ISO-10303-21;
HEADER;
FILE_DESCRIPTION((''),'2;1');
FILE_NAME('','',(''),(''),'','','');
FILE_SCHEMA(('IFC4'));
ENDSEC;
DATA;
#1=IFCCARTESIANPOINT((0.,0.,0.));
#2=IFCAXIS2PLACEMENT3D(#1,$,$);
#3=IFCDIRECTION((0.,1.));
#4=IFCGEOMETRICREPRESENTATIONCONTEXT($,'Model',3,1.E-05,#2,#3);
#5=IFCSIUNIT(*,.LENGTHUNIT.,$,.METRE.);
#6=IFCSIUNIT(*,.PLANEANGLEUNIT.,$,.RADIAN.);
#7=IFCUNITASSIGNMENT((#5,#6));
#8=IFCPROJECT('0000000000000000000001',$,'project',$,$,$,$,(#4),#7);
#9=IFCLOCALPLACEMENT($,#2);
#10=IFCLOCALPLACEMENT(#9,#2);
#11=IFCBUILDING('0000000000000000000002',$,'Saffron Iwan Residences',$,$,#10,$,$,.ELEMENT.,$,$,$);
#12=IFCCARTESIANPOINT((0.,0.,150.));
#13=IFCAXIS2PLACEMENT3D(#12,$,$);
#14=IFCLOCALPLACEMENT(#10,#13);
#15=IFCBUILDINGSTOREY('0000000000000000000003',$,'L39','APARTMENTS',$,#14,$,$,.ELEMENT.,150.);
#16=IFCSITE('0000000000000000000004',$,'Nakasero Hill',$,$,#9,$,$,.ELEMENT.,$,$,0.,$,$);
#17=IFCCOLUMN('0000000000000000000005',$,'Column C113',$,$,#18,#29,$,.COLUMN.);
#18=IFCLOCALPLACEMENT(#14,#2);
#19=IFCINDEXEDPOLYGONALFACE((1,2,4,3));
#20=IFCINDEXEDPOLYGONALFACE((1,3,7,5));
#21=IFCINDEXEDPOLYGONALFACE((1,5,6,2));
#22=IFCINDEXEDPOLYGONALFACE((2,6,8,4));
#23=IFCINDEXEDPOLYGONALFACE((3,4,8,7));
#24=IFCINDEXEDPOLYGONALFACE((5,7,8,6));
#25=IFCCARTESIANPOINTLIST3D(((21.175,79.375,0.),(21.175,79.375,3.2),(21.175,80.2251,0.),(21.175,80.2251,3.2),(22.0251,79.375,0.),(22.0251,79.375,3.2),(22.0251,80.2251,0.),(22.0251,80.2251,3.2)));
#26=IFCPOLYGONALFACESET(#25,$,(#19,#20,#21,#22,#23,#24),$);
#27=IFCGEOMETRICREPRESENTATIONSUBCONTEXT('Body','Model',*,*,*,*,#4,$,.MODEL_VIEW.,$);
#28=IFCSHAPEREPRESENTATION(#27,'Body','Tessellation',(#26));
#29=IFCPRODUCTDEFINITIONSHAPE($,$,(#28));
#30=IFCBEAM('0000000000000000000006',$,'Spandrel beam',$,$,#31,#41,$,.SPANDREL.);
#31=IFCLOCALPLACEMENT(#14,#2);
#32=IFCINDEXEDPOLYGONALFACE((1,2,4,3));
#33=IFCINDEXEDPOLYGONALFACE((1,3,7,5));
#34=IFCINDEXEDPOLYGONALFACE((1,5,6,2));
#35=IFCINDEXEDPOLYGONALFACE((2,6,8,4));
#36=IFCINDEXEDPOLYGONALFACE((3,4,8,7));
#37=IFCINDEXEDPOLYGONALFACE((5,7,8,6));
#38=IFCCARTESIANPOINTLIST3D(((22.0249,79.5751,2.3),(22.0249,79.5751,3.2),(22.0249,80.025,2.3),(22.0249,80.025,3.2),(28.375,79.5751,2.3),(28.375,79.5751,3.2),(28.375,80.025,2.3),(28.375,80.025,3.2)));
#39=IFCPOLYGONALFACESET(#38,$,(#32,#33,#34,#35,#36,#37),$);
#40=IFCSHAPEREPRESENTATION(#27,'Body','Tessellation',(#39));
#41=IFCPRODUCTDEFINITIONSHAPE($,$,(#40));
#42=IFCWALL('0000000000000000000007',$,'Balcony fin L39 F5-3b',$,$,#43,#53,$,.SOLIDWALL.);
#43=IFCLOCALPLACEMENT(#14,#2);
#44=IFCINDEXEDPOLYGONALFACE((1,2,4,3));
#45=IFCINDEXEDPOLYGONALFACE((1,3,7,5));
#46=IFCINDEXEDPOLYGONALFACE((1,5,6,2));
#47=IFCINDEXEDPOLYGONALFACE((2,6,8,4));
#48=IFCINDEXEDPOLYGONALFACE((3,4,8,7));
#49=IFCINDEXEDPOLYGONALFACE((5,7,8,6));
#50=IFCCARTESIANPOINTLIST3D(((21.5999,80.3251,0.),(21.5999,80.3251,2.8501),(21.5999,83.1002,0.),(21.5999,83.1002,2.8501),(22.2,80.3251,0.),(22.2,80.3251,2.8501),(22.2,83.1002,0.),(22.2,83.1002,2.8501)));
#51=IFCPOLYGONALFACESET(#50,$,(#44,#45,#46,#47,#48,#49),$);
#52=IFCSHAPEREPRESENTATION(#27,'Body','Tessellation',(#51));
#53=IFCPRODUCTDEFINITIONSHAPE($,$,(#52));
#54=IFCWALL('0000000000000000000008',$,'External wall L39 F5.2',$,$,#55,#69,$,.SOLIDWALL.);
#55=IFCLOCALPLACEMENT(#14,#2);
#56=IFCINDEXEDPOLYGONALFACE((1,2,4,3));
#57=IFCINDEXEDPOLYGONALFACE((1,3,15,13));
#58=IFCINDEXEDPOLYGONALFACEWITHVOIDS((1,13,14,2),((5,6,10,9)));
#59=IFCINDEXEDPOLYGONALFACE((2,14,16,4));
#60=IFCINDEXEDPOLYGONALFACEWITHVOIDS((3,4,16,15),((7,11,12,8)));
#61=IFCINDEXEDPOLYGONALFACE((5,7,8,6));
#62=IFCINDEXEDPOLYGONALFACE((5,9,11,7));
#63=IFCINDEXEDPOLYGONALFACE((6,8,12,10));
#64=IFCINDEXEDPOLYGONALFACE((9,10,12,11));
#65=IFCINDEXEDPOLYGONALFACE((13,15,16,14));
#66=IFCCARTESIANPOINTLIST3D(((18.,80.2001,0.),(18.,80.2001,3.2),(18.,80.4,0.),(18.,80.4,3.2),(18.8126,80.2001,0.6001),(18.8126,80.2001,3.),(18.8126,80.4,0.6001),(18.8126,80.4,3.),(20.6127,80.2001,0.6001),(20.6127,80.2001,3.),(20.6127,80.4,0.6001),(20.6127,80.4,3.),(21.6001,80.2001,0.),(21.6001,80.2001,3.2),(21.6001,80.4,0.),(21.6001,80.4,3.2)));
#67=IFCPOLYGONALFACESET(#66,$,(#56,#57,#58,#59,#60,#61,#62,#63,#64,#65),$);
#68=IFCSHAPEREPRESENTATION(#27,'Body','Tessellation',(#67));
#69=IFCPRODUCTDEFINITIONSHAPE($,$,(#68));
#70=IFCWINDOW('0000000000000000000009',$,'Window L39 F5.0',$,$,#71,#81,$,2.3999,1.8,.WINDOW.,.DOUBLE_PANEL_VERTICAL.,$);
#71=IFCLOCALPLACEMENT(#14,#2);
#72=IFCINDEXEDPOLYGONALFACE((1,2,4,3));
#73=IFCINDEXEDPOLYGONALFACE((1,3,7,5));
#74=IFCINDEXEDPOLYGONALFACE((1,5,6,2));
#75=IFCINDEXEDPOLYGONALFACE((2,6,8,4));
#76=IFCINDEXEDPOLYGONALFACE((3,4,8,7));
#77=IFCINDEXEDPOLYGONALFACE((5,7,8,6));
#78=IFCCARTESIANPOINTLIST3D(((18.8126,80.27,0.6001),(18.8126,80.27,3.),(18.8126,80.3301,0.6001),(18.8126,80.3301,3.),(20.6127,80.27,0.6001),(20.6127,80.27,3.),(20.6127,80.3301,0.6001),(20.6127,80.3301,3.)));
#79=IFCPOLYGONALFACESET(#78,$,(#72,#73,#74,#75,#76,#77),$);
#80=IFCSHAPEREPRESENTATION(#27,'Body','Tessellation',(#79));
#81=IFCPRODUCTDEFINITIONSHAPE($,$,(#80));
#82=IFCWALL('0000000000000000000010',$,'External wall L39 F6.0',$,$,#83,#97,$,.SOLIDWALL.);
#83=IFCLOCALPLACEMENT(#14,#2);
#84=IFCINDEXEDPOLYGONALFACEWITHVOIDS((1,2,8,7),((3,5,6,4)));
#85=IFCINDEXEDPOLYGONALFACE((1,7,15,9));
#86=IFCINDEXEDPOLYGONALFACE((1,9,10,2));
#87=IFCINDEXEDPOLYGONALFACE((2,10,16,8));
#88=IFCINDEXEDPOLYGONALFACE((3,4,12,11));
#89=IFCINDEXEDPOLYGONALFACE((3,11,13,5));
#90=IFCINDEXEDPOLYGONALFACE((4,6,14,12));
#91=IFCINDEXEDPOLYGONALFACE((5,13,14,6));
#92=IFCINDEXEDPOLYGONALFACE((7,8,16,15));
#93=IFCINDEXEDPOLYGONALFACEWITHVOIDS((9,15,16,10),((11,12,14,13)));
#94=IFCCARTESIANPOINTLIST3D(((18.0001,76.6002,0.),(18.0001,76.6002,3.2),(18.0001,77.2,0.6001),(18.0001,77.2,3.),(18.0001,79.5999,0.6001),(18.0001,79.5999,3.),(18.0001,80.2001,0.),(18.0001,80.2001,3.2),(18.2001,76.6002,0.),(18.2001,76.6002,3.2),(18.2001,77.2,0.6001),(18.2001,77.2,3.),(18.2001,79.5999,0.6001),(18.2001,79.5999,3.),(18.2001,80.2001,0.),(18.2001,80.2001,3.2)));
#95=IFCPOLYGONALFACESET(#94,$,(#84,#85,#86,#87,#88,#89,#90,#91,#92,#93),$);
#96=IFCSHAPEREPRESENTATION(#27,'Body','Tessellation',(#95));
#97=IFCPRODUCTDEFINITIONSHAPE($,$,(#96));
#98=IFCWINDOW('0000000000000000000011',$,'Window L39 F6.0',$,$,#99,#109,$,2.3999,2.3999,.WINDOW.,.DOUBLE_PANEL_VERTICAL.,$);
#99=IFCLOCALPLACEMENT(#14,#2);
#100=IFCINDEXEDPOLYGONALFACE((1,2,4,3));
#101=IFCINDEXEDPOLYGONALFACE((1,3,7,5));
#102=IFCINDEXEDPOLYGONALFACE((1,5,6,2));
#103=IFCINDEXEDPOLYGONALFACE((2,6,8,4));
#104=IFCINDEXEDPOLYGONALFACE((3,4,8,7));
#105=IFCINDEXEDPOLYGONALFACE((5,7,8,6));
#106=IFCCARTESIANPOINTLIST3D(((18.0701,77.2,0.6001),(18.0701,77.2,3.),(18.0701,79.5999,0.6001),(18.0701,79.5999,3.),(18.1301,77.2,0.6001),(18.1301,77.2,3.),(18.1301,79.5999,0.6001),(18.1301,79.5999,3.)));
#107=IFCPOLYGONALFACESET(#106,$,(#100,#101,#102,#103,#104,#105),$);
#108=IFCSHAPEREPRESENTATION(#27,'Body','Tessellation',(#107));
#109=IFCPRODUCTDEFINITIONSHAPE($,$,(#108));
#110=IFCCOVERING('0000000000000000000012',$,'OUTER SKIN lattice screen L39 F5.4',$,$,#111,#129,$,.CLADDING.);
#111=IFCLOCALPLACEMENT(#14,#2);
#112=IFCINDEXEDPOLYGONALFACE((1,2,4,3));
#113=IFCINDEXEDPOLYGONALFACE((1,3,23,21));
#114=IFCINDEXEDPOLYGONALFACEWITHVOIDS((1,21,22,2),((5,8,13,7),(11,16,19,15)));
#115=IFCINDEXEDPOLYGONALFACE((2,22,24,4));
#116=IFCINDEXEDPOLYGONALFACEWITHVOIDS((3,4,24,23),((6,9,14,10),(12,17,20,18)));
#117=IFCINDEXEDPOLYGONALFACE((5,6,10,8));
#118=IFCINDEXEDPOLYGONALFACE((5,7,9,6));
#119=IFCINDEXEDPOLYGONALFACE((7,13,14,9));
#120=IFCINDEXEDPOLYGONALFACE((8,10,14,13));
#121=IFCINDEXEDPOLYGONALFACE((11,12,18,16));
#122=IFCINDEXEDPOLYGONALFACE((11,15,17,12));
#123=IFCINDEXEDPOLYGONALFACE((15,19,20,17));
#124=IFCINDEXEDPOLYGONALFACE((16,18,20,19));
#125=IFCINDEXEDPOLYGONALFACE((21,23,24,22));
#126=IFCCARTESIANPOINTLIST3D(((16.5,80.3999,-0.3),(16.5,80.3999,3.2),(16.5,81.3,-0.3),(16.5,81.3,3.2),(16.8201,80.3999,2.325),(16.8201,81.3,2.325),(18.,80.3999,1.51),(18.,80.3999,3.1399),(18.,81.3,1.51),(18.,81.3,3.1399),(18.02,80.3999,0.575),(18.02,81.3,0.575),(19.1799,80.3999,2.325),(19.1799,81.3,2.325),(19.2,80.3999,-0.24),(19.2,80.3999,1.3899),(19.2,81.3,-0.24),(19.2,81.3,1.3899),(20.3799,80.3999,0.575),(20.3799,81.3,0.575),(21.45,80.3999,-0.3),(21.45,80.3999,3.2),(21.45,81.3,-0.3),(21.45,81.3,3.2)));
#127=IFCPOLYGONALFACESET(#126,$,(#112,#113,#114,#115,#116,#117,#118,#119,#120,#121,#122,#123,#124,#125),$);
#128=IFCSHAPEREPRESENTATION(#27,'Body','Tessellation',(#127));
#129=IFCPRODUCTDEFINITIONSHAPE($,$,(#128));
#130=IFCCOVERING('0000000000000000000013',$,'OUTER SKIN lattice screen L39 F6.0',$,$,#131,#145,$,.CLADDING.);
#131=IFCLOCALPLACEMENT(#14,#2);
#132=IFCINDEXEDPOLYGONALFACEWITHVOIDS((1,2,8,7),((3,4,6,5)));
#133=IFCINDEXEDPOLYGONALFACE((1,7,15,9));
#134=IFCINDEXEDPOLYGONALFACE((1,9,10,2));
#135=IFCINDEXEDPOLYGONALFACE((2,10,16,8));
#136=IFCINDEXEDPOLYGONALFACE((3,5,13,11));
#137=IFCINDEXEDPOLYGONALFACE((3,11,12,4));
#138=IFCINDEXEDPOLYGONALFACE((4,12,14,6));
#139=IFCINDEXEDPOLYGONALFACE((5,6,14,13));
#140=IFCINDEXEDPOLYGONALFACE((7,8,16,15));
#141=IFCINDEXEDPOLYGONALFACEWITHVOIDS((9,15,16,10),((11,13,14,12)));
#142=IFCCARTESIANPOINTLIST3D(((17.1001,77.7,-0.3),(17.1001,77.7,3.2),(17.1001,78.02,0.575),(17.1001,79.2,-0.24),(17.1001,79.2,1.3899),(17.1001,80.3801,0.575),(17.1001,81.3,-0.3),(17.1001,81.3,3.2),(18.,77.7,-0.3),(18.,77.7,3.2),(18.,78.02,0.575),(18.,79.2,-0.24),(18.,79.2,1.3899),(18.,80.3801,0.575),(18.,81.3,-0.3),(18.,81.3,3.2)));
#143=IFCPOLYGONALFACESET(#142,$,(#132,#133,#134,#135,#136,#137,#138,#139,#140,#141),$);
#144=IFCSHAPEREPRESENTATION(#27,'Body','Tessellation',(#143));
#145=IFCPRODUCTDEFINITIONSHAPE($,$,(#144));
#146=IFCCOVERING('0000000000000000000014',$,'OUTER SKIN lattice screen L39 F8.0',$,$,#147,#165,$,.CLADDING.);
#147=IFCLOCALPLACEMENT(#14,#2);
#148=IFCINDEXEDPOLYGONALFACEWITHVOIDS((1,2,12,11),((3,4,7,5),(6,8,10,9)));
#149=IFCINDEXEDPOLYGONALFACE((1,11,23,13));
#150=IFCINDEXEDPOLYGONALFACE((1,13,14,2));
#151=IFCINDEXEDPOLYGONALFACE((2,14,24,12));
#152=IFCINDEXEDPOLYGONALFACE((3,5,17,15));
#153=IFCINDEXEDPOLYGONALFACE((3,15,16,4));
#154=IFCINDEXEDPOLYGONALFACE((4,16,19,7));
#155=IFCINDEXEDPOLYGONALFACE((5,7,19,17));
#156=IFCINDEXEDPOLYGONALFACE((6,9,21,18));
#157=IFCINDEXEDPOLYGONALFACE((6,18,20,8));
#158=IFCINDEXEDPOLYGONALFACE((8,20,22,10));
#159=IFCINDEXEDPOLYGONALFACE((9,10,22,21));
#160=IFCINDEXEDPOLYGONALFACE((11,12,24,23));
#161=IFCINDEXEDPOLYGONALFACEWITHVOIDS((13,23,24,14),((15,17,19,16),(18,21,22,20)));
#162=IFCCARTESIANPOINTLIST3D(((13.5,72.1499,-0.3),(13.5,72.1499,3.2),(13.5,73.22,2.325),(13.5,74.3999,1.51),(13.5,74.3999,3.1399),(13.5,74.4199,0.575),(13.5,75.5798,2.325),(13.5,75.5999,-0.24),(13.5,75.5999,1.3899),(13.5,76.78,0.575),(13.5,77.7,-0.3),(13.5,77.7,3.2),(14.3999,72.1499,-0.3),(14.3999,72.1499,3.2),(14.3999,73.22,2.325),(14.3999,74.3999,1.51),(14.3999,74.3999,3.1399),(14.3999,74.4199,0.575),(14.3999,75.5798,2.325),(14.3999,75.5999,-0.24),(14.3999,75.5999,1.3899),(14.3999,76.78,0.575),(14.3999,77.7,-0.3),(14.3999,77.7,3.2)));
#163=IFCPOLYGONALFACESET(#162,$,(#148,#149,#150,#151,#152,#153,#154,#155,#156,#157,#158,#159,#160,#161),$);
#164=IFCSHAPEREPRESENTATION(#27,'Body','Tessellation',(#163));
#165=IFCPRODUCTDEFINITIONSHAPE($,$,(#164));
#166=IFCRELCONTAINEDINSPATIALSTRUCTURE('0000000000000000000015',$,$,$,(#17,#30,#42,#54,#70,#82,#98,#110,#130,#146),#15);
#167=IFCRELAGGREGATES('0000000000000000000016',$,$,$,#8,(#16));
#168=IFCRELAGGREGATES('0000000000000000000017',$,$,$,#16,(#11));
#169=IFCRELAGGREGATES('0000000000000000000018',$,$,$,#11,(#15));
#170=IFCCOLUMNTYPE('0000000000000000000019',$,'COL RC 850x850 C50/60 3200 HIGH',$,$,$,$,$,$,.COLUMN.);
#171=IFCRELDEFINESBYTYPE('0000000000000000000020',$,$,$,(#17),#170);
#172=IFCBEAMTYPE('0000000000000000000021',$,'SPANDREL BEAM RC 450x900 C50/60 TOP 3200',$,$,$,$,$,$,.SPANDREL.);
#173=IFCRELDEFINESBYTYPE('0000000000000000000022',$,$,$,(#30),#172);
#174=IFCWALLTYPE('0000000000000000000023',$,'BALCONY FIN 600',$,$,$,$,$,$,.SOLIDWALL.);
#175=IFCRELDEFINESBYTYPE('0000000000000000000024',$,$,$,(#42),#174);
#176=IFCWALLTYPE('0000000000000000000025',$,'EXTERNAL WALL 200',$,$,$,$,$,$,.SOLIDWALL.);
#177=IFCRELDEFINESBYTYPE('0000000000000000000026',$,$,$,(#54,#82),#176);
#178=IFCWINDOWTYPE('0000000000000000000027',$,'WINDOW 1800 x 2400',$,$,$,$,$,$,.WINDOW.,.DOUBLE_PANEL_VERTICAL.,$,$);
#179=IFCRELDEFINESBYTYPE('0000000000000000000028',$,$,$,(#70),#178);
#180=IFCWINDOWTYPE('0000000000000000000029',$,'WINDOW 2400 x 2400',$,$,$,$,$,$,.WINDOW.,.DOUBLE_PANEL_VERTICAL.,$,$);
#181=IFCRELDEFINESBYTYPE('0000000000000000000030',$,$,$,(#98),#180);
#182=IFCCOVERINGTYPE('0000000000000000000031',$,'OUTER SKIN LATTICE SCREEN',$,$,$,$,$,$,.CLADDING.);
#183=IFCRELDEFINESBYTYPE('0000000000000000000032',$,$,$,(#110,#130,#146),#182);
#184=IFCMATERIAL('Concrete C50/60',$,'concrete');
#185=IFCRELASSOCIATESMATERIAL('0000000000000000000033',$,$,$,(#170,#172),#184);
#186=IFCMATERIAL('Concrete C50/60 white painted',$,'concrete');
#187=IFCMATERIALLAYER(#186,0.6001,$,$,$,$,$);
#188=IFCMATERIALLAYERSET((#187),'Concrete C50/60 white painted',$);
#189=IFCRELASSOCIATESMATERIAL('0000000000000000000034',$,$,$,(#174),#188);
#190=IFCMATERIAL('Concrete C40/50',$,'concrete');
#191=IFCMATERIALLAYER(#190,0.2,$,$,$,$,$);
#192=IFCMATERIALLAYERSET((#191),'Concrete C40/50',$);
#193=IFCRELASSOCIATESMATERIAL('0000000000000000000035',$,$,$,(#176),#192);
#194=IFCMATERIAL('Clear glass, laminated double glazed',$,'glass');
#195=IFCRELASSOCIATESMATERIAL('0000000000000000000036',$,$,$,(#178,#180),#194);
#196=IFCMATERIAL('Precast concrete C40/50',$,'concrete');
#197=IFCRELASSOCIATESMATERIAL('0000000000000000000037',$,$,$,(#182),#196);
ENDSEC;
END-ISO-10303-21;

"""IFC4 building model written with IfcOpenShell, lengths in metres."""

from ifc_helpers import new_model, si_unit, direction, frame, frame_2d, origin, origin_2d, place, context, subcontext, project, spatial, polyline, rectangle, outline, extrude, source, transform, mapped, material, layer, layer_set, material_profile, profile_set, type_object, element, fill, save


model = new_model("IFC4")

# Units and contexts
model_context = context("Model", 3, precision=1e-05, world=origin(), true_north=direction((0.0, 1.0)))
body_context = subcontext(model_context, "Body", "Model", "MODEL_VIEW")
ifc_project = project(units=[si_unit("LENGTHUNIT", "METRE"), si_unit("PLANEANGLEUNIT", "RADIAN")], contexts=[model_context])

# Site, building, storey
site_placement = place(None, origin())
site = spatial("IfcSite", under=ifc_project, at=site_placement, Name="Nakasero Hill", CompositionType="ELEMENT", RefElevation=0.0)
building_placement = place(site_placement, origin())
building = spatial("IfcBuilding", under=site, at=building_placement, Name="Saffron Iwan Residences", CompositionType="ELEMENT")
storey_placement = place(building_placement, frame((0.0, 0.0, 150.0)))
storey = spatial("IfcBuildingStorey", under=building, at=storey_placement, Name="L39", Description="APARTMENTS", CompositionType="ELEMENT", Elevation=150.0)

# Column
ifc_material_1 = material(Name="Concrete C50/60", Category="concrete")
ifc_material_profile_1 = material_profile(ifc_material_1, rectangle(XDim=0.8501, YDim=0.8501, at=origin_2d()), Name="RC 850x850")
ifc_profile_set_1 = profile_set([ifc_material_profile_1], Name="Concrete C50/60")
column_type = type_object("IfcColumnType", Name="COL RC 850x850 C50/60 3200 HIGH", PredefinedType="COLUMN", material=ifc_profile_set_1)
shared_shape_1 = source(origin(), body_context, "Body", "SweptSolid", [
    extrude(rectangle(XDim=0.8501, YDim=0.8501, at=origin_2d()), origin(), (0.0, 0.0, 1.0), 3.2),
])
column_placement = place(storey_placement, frame((21.6001, 79.8, 0.0), z_axis=(0.0, 0.0, 1.0), x_axis=(1.0, 0.0, 0.0)))
element("IfcColumn", 1, at=column_placement, inside=storey, type_object=column_type, Name="Column C113", PredefinedType="COLUMN", context=body_context, shape_type="MappedRepresentation", body=[
    mapped(shared_shape_1, transform((0.0, 0.0, 0.0))),
])

# Beam
ifc_material_profile_2 = material_profile(ifc_material_1, rectangle(XDim=0.45, YDim=0.8999, at=origin_2d()), Name="RC 450x900")
ifc_profile_set_2 = profile_set([ifc_material_profile_2], Name="Concrete C50/60")
beam_type = type_object("IfcBeamType", Name="SPANDREL BEAM RC 450x900 C50/60 TOP 3200", PredefinedType="SPANDREL", material=ifc_profile_set_2)
shared_shape_2 = source(origin(), body_context, "Body", "SweptSolid", [
    extrude(rectangle(XDim=0.45, YDim=0.8999, at=origin_2d()), origin(), (0.0, 0.0, 1.0), 6.3501),
])
beam_placement = place(storey_placement, frame((22.0249, 79.8, 2.75), z_axis=(1.0, 0.0, 0.0), x_axis=(0.0, 1.0, 0.0)))
element("IfcBeam", 2, at=beam_placement, inside=storey, type_object=beam_type, Name="Spandrel beam", PredefinedType="SPANDREL", context=body_context, shape_type="MappedRepresentation", body=[
    mapped(shared_shape_2, transform((0.0, 0.0, 0.0))),
])

# Wall
ifc_material_2 = material(Name="Concrete C50/60 white painted", Category="concrete")
ifc_layer_1 = layer(ifc_material_2, 0.6001)
ifc_layer_set_1 = layer_set([ifc_layer_1], Name="Concrete C50/60 white painted")
wall_type_1 = type_object("IfcWallType", Name="BALCONY FIN 600", PredefinedType="SOLIDWALL", material=ifc_layer_set_1)
wall_1_placement = place(storey_placement, frame((21.8999, 80.325, 0.0), z_axis=(0.0, 0.0, 1.0), x_axis=(0.0, 1.0, 0.0)))
element("IfcWall", 3, at=wall_1_placement, inside=storey, type_object=wall_type_1, Name="Balcony fin L39 F5-3b", PredefinedType="SOLIDWALL", context=body_context, shape_type="SweptSolid", body=[
    extrude(rectangle(XDim=2.7751, YDim=0.6001, at=frame_2d((1.3877, 0.0))), origin(), (0.0, 0.0, 1.0), 2.8501),
])

# Walls, openings, windows
ifc_material_3 = material(Name="Concrete C40/50", Category="concrete")
ifc_layer_2 = layer(ifc_material_3, 0.2)
ifc_layer_set_2 = layer_set([ifc_layer_2], Name="Concrete C40/50")
wall_type_2 = type_object("IfcWallType", Name="EXTERNAL WALL 200", PredefinedType="SOLIDWALL", material=ifc_layer_set_2)
wall_2_placement = place(storey_placement, frame((21.6001, 80.3, 0.0), z_axis=(0.0, 0.0, 1.0), x_axis=(-1.0, 0.0, 0.0)))
wall_2 = element("IfcWall", 4, at=wall_2_placement, inside=storey, type_object=wall_type_2, Name="External wall L39 F5.2", PredefinedType="SOLIDWALL", context=body_context, shape_type="SweptSolid", body=[
    extrude(rectangle(XDim=3.6001, YDim=0.2, at=frame_2d((1.8, 0.0))), origin(), (0.0, 0.0, 1.0), 3.2),
])
opening_1_placement = place(wall_2_placement, frame((0.9875, 0.0, 0.6001)))
opening_1 = element("IfcOpeningElement", 5, at=opening_1_placement, cuts=wall_2, PredefinedType="OPENING", context=body_context, shape_type="SweptSolid", body=[
    extrude(rectangle(XDim=1.8, YDim=2.3999, at=frame_2d((0.8999, 1.2))), frame((0.0, 0.1099, 0.0), z_axis=(0.0, -1.0, 0.0), x_axis=(1.0, 0.0, 0.0)), (0.0, 0.0, 1.0), 0.22),
])
ifc_material_4 = material(Name="Clear glass, laminated double glazed", Category="glass")
window_type_1 = type_object("IfcWindowType", Name="WINDOW 1800 x 2400", PartitioningType="DOUBLE_PANEL_VERTICAL", PredefinedType="WINDOW", material=ifc_material_4)
window_1_placement = place(opening_1_placement, origin())
window_1 = element("IfcWindow", 6, at=window_1_placement, inside=storey, type_object=window_type_1, Name="Window L39 F5.0", OverallHeight=2.3999, OverallWidth=1.8, PartitioningType="DOUBLE_PANEL_VERTICAL", PredefinedType="WINDOW", context=body_context, shape_type="SweptSolid", body=[
    extrude(rectangle(XDim=1.8, YDim=2.3999, at=frame_2d((0.8999, 1.2))), frame((0.0, 0.03, 0.0), z_axis=(0.0, -1.0, 0.0), x_axis=(1.0, 0.0, 0.0)), (0.0, 0.0, 1.0), 0.0601),
])
fill(opening_1, window_1)
wall_3_placement = place(storey_placement, frame((18.1001, 80.2, 0.0), z_axis=(0.0, 0.0, 1.0), x_axis=(0.0, -1.0, 0.0)))
wall_3 = element("IfcWall", 7, at=wall_3_placement, inside=storey, type_object=wall_type_2, Name="External wall L39 F6.0", PredefinedType="SOLIDWALL", context=body_context, shape_type="SweptSolid", body=[
    extrude(rectangle(XDim=3.5999, YDim=0.2, at=frame_2d((1.7998, 0.0))), origin(), (0.0, 0.0, 1.0), 3.2),
])
opening_2_placement = place(wall_3_placement, frame((0.6001, 0.0, 0.6001)))
opening_2 = element("IfcOpeningElement", 8, at=opening_2_placement, cuts=wall_3, PredefinedType="OPENING", context=body_context, shape_type="SweptSolid", body=[
    extrude(rectangle(XDim=2.3999, YDim=2.3999, at=frame_2d((1.2, 1.2))), frame((0.0, 0.1099, 0.0), z_axis=(0.0, -1.0, 0.0), x_axis=(1.0, 0.0, 0.0)), (0.0, 0.0, 1.0), 0.22),
])
window_type_2 = type_object("IfcWindowType", Name="WINDOW 2400 x 2400", PartitioningType="DOUBLE_PANEL_VERTICAL", PredefinedType="WINDOW", material=ifc_material_4)
window_2_placement = place(opening_2_placement, origin())
window_2 = element("IfcWindow", 9, at=window_2_placement, inside=storey, type_object=window_type_2, Name="Window L39 F6.0", OverallHeight=2.3999, OverallWidth=2.3999, PartitioningType="DOUBLE_PANEL_VERTICAL", PredefinedType="WINDOW", context=body_context, shape_type="SweptSolid", body=[
    extrude(rectangle(XDim=2.3999, YDim=2.3999, at=frame_2d((1.2, 1.2))), frame((0.0, 0.03, 0.0), z_axis=(0.0, -1.0, 0.0), x_axis=(1.0, 0.0, 0.0)), (0.0, 0.0, 1.0), 0.0601),
])
fill(opening_2, window_2)

# Coverings
ifc_material_5 = material(Name="Precast concrete C40/50", Category="concrete")
covering_type_1 = type_object("IfcCoveringType", Name="OUTER SKIN LATTICE SCREEN", PredefinedType="CLADDING", material=ifc_material_5)
covering_1_placement = place(storey_placement, frame((21.45, 80.3999, -0.3), z_axis=(0.0, 1.0, 0.0), x_axis=(-1.0, 0.0, 0.0)))
element("IfcCovering", 10, at=covering_1_placement, inside=storey, type_object=covering_type_1, Name="OUTER SKIN lattice screen L39 F5.4", PredefinedType="CLADDING", context=body_context, shape_type="SweptSolid", body=[
    extrude(outline(polyline([(0.0, 0.0), (4.95, 0.0), (4.95, 3.5), (0.0, 3.5), (0.0, 0.0)]), holes=[polyline([(1.0701, 0.875), (2.25, 0.0601), (3.4299, 0.875), (2.25, 1.6899), (1.0701, 0.875)]), polyline([(2.27, 2.625), (3.45, 1.8101), (4.6299, 2.625), (3.45, 3.4399), (2.27, 2.625)])]), origin(), (0.0, 0.0, 1.0), 0.9001),
])
covering_2_placement = place(storey_placement, frame((18.0, 81.3, -0.3), z_axis=(-1.0, 0.0, 0.0), x_axis=(0.0, -1.0, 0.0)))
element("IfcCovering", 11, at=covering_2_placement, inside=storey, type_object=covering_type_1, Name="OUTER SKIN lattice screen L39 F6.0", PredefinedType="CLADDING", context=body_context, shape_type="SweptSolid", body=[
    extrude(outline(polyline([(0.0, 0.0), (3.6001, 0.0), (3.6001, 3.5), (0.0, 3.5), (0.0, 0.0)]), holes=[polyline([(0.9199, 0.875), (2.1001, 0.0601), (3.28, 0.875), (2.1001, 1.6899), (0.9199, 0.875)])]), origin(), (0.0, 0.0, 1.0), 0.8999),
])
covering_3_placement = place(storey_placement, frame((14.3999, 77.7, -0.3), z_axis=(-1.0, 0.0, 0.0), x_axis=(0.0, -1.0, 0.0)))
element("IfcCovering", 12, at=covering_3_placement, inside=storey, type_object=covering_type_1, Name="OUTER SKIN lattice screen L39 F8.0", PredefinedType="CLADDING", context=body_context, shape_type="SweptSolid", body=[
    extrude(outline(polyline([(0.0, 0.0), (5.55, 0.0), (5.55, 3.5), (0.0, 3.5), (0.0, 0.0)]), holes=[polyline([(0.9199, 0.875), (2.1001, 0.0601), (3.28, 0.875), (2.1001, 1.6899), (0.9199, 0.875)]), polyline([(2.1201, 2.625), (3.3, 1.8101), (4.48, 2.625), (3.3, 3.4399), (2.1201, 2.625)])]), origin(), (0.0, 0.0, 1.0), 0.8999),
])

save(model, "model.ifc")
